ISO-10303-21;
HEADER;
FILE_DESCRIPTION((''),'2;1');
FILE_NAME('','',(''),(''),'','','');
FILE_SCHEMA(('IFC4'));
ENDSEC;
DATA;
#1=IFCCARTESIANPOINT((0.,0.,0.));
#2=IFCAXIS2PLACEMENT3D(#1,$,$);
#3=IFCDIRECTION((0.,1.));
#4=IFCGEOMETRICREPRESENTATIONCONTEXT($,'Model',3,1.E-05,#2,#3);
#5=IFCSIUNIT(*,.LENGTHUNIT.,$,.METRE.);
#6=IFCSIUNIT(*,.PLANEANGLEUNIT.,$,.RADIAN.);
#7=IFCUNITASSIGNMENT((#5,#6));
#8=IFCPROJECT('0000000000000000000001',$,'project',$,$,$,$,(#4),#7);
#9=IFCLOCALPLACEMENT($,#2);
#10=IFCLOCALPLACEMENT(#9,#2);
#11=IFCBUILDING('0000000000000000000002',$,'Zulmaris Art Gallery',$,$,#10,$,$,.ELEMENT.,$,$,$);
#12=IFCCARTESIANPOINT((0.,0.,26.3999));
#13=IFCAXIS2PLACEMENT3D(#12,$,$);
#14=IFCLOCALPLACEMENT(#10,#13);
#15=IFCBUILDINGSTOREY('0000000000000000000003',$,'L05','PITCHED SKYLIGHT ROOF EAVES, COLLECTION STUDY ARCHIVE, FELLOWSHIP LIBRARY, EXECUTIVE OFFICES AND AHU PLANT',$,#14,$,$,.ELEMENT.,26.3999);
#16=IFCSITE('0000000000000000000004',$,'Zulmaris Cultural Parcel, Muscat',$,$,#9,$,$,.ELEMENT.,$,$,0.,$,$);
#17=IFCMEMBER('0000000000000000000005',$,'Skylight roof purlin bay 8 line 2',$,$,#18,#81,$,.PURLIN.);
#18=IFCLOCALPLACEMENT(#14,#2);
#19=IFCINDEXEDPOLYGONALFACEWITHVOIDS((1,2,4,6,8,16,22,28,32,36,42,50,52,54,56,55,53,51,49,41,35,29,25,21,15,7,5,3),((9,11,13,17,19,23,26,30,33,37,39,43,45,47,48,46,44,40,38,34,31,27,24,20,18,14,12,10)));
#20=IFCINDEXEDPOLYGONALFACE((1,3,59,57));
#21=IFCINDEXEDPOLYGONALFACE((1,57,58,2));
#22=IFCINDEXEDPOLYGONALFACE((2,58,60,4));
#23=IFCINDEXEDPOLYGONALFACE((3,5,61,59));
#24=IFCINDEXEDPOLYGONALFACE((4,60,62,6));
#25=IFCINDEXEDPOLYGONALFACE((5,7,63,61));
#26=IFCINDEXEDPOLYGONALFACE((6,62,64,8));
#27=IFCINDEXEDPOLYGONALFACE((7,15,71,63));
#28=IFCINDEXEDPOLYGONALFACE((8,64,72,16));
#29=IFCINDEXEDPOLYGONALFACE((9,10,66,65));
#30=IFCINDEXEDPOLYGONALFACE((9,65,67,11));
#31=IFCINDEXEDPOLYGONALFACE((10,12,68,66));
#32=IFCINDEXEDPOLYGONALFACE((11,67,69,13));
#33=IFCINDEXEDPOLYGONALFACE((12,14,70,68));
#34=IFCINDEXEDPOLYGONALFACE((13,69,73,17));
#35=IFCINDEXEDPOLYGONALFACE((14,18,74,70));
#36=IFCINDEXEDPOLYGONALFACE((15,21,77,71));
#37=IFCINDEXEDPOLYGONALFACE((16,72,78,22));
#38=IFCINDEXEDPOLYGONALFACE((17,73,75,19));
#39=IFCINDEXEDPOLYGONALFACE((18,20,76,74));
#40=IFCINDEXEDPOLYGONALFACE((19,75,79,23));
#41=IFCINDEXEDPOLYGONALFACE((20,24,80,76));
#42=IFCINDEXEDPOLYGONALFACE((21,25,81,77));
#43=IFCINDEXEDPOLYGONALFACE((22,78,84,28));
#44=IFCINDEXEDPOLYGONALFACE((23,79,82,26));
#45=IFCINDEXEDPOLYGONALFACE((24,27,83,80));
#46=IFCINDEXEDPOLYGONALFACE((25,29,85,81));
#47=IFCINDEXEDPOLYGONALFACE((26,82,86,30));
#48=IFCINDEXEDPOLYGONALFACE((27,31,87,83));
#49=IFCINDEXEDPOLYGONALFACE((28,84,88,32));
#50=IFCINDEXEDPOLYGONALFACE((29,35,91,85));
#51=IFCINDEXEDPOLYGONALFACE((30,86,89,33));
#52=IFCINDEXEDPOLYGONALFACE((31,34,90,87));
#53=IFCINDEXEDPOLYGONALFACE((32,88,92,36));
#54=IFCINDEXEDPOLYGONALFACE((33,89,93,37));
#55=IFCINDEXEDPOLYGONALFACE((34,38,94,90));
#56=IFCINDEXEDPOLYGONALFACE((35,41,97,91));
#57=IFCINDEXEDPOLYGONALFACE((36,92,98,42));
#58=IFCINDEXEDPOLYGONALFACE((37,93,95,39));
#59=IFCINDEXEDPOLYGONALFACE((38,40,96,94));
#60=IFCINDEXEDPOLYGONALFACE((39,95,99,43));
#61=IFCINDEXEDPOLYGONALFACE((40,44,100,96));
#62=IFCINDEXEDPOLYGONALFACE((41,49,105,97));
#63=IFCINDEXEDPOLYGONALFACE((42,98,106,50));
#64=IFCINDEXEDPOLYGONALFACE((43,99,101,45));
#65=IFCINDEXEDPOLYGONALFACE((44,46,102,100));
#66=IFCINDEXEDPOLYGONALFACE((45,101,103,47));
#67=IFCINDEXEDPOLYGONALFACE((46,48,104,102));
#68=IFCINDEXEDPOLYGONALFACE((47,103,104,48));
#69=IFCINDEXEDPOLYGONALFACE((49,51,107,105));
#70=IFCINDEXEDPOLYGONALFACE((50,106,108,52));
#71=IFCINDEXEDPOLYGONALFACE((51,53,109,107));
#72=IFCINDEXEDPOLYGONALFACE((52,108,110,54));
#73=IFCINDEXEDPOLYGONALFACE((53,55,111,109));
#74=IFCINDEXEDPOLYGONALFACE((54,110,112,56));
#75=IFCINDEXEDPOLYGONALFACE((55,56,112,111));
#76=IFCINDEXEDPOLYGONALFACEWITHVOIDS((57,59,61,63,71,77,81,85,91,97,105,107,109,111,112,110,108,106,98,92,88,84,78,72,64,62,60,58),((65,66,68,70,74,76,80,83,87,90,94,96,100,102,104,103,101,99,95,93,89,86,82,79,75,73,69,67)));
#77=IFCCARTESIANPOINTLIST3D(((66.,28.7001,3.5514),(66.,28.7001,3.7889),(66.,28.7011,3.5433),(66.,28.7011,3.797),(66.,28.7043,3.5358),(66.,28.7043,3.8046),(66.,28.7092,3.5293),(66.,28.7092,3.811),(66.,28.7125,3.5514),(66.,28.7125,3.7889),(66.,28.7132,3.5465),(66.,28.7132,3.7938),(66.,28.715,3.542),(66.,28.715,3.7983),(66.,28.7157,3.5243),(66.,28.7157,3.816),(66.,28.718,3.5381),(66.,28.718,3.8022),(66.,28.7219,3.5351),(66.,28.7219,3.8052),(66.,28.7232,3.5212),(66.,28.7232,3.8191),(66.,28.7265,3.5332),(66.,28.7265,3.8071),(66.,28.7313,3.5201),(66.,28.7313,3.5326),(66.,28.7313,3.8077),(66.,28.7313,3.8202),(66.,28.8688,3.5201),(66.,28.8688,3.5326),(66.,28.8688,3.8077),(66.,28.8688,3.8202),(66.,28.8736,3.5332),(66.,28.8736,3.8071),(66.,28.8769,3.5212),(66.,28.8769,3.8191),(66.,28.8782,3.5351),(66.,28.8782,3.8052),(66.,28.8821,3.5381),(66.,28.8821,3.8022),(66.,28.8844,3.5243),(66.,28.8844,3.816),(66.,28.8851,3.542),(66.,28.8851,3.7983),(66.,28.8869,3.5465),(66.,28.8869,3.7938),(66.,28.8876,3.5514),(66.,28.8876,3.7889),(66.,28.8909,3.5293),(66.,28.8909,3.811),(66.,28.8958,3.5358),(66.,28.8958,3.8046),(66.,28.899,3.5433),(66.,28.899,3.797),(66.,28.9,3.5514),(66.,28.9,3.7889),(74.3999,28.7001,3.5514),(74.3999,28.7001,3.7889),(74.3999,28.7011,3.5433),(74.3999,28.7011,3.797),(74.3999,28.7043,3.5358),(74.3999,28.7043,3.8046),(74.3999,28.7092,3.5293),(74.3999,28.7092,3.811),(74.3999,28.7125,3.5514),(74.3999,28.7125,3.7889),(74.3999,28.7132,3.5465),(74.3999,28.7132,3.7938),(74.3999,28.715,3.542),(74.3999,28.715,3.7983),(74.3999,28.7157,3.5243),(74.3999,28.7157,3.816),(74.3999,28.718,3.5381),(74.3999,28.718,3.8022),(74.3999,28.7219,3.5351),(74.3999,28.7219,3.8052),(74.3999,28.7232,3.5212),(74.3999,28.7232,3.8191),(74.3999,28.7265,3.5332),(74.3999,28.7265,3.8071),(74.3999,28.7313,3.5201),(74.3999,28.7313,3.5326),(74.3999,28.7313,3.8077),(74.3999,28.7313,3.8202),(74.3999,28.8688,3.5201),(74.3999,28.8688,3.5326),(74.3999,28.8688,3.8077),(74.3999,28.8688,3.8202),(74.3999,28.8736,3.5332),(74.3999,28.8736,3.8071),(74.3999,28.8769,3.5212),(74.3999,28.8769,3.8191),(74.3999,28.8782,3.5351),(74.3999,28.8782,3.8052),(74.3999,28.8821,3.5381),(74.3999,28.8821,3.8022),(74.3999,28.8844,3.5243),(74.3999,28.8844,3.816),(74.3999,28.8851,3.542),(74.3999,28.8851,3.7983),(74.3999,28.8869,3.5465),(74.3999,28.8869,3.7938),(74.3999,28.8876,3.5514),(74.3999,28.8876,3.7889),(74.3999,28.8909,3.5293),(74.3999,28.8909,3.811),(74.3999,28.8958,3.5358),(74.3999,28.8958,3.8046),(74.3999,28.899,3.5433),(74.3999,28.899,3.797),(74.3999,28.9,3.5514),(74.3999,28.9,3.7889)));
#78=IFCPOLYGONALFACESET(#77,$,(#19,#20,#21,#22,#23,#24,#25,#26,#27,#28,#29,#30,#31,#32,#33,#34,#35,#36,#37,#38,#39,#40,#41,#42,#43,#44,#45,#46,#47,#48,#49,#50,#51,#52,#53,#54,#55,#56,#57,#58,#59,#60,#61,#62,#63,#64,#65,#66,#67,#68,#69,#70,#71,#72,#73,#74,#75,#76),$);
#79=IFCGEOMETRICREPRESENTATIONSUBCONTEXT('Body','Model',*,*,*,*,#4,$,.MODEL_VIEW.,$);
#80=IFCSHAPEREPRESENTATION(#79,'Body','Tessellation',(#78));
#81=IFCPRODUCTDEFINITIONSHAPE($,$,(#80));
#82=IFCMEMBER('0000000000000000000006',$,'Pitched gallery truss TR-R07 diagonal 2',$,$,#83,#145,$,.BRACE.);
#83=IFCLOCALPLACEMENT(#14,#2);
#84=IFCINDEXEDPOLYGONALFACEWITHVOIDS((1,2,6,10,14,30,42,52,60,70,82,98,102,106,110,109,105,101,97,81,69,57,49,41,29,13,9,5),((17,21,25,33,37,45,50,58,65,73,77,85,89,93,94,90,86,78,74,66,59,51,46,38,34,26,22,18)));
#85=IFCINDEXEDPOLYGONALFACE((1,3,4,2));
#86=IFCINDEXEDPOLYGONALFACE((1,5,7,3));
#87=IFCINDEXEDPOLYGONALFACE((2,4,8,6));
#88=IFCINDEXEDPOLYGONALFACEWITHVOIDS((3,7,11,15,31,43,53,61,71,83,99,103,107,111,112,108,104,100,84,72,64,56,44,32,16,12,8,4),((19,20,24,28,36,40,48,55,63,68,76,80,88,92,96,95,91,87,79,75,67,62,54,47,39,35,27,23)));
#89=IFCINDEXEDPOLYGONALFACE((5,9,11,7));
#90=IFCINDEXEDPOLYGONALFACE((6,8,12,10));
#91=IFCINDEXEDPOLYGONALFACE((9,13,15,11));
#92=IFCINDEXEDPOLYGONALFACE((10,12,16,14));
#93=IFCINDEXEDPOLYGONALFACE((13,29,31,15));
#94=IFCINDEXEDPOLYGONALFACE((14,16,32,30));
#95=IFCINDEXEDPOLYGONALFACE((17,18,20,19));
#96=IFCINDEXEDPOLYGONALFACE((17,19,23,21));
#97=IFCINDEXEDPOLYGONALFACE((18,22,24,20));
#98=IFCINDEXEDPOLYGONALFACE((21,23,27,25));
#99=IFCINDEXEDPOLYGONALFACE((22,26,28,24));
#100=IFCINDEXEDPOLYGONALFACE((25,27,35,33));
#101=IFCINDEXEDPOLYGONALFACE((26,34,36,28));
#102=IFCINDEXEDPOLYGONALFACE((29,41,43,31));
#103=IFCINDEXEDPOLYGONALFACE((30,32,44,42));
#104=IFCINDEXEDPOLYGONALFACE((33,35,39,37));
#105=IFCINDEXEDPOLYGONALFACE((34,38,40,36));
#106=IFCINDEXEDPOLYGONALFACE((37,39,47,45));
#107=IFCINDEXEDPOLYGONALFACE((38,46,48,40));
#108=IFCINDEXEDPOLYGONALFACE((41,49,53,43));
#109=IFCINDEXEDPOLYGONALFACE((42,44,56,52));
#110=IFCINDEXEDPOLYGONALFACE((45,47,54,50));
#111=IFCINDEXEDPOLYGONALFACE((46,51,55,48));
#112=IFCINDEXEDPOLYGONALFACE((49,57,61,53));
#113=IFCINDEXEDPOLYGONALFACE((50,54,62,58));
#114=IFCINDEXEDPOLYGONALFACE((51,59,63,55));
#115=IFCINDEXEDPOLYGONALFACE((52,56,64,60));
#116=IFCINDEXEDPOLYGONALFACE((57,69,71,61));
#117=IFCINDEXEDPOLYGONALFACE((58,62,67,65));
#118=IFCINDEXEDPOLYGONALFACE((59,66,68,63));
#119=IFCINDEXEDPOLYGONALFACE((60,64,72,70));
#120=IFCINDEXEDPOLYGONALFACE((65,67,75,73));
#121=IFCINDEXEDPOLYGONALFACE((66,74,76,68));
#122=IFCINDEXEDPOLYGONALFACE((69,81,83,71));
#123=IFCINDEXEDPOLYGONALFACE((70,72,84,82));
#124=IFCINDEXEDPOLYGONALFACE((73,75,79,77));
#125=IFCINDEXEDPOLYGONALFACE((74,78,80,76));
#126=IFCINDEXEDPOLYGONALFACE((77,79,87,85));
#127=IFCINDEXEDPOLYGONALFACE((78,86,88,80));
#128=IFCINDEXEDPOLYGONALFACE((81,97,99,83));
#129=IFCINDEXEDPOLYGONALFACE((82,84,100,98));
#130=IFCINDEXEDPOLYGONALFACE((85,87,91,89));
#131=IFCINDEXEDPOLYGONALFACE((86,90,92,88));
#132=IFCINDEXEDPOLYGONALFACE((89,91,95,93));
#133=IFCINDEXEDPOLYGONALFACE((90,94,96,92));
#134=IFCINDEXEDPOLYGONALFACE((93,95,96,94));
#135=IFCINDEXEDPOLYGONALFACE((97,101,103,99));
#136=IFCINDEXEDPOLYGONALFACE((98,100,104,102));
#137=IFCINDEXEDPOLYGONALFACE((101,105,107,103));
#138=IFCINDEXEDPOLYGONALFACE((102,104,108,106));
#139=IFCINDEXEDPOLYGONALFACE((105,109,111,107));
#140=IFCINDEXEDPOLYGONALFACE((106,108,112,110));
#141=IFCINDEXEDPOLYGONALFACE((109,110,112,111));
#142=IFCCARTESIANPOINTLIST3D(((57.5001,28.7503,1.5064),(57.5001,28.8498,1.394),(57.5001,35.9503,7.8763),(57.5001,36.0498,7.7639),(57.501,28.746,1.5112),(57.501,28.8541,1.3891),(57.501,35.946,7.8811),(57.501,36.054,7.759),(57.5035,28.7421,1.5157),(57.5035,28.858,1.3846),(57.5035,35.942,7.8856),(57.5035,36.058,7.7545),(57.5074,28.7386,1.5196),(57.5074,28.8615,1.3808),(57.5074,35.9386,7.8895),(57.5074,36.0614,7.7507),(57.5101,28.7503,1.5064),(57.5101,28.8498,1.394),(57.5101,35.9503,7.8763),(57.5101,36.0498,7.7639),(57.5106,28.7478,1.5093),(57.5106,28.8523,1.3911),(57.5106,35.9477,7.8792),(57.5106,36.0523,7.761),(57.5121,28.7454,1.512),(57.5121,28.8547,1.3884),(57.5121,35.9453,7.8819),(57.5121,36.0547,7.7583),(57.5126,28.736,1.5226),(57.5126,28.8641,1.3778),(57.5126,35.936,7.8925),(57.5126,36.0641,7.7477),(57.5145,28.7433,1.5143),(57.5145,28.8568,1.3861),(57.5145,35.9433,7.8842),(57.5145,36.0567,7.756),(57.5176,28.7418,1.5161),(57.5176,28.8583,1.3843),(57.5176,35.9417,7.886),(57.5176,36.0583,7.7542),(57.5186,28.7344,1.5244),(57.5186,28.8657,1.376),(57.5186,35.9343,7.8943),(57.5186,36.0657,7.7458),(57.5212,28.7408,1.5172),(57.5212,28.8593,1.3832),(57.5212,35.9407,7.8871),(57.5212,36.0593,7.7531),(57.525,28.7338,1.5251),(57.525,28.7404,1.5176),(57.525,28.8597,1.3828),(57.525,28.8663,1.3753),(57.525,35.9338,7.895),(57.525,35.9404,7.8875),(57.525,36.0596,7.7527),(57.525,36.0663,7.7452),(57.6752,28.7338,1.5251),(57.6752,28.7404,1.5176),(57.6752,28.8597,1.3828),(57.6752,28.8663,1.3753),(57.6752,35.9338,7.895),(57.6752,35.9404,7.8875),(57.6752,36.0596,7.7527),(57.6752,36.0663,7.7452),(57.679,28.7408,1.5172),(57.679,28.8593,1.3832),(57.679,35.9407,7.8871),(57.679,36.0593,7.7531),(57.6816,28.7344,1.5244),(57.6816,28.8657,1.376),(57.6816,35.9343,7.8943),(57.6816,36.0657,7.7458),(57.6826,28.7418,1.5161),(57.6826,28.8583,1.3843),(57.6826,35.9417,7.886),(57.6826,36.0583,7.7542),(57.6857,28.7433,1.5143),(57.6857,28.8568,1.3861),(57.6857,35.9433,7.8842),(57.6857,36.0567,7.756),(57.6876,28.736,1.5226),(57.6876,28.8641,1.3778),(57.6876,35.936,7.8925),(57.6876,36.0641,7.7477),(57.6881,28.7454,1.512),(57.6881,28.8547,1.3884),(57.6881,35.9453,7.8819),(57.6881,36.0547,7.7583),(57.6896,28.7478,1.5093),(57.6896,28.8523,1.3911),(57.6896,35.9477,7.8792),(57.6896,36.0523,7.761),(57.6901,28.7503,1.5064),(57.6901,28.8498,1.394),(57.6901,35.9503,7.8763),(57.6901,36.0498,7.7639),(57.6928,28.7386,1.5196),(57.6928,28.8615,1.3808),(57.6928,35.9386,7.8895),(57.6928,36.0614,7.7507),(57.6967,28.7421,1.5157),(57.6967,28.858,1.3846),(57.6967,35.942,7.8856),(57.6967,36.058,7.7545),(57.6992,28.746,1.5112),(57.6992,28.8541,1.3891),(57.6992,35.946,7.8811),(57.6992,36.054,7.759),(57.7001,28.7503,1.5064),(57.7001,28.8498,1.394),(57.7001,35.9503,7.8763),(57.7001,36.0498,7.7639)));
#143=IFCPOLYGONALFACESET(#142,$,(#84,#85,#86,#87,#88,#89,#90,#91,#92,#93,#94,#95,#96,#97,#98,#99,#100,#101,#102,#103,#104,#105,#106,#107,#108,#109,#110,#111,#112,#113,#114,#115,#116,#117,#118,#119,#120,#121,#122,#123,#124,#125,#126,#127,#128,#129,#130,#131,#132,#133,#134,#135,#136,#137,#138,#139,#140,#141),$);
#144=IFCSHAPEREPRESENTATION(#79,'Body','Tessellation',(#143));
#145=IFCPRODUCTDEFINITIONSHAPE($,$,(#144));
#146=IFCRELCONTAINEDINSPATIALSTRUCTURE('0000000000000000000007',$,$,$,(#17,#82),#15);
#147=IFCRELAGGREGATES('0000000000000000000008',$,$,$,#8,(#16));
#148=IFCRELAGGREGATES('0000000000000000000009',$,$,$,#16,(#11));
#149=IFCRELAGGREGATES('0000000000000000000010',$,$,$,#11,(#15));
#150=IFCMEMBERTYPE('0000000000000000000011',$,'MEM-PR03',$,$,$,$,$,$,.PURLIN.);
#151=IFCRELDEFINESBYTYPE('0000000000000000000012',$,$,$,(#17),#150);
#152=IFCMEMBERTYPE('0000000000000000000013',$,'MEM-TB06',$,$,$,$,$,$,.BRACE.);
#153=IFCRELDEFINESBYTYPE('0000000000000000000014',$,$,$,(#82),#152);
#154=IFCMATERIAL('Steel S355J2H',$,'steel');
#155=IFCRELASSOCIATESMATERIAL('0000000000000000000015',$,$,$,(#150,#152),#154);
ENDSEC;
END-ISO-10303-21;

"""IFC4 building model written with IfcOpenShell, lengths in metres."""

from ifc_helpers import new_model, si_unit, direction, frame, origin, origin_2d, place, context, subcontext, project, spatial, hollow_rectangle, extrude, material, material_profile, profile_set, type_object, element, save


model = new_model("IFC4")

# Units and contexts
model_context = context("Model", 3, precision=1e-05, world=origin(), true_north=direction((0.0, 1.0)))
body_context = subcontext(model_context, "Body", "Model", "MODEL_VIEW")
ifc_project = project(units=[si_unit("LENGTHUNIT", "METRE"), si_unit("PLANEANGLEUNIT", "RADIAN")], contexts=[model_context])

# Site, building, storey
site_placement = place(None, origin())
site = spatial("IfcSite", under=ifc_project, at=site_placement, Name="Zulmaris Cultural Parcel, Muscat", CompositionType="ELEMENT", RefElevation=0.0)
building_placement = place(site_placement, origin())
building = spatial("IfcBuilding", under=site, at=building_placement, Name="Zulmaris Art Gallery", CompositionType="ELEMENT")
storey_placement = place(building_placement, frame((0.0, 0.0, 26.3999)))
storey = spatial("IfcBuildingStorey", under=building, at=storey_placement, Name="L05", Description="PITCHED SKYLIGHT ROOF EAVES, COLLECTION STUDY ARCHIVE, FELLOWSHIP LIBRARY, EXECUTIVE OFFICES AND AHU PLANT", CompositionType="ELEMENT", Elevation=26.3999)

# Members
ifc_material_1 = material(Name="Steel S355J2H", Category="steel")
ifc_material_profile_1 = material_profile(ifc_material_1, hollow_rectangle(XDim=0.2, YDim=0.3, WallThickness=0.0125, InnerFilletRadius=0.0188, OuterFilletRadius=0.0312, at=origin_2d()), Name="RHS 300x200x12.5")
ifc_profile_set_1 = profile_set([ifc_material_profile_1], Name="Steel S355J2H")
member_type_1 = type_object("IfcMemberType", Name="MEM-PR03", PredefinedType="PURLIN", material=ifc_profile_set_1)
for number, where, z_axis, x_axis, name in (
    (1, (66.0, 28.8, 3.6702), (1.0, 0.0, 0.0), (0.0, 1.0, 0.0), "Skylight roof purlin bay 8 line 2"),
):
    element("IfcMember", number, at=place(storey_placement, frame(where, z_axis=z_axis, x_axis=x_axis)), inside=storey, type_object=member_type_1, Name=name, PredefinedType="PURLIN", context=body_context, shape_type="SweptSolid", body=[
        extrude(hollow_rectangle(XDim=0.2, YDim=0.3, WallThickness=0.0125, InnerFilletRadius=0.0188, OuterFilletRadius=0.0312, at=origin_2d()), origin(), (0.0, 0.0, 1.0), 8.3999),
    ])
ifc_material_profile_2 = material_profile(ifc_material_1, hollow_rectangle(XDim=0.2, YDim=0.2, WallThickness=0.01, InnerFilletRadius=0.0149, OuterFilletRadius=0.0249, at=origin_2d()), Name="SHS 200x200x10")
ifc_profile_set_2 = profile_set([ifc_material_profile_2], Name="Steel S355J2H")
member_type_2 = type_object("IfcMemberType", Name="MEM-TB06", PredefinedType="BRACE", material=ifc_profile_set_2)
member_1_placement = place(storey_placement, frame((57.6001, 28.8, 1.4502), z_axis=(0.0, 0.748961, 0.662614), x_axis=(-1.0, 0.0, 0.0)))
element("IfcMember", 2, at=member_1_placement, inside=storey, type_object=member_type_2, Name="Pitched gallery truss TR-R07 diagonal 2", PredefinedType="BRACE", context=body_context, shape_type="SweptSolid", body=[
    extrude(hollow_rectangle(XDim=0.2, YDim=0.2, WallThickness=0.01, InnerFilletRadius=0.0149, OuterFilletRadius=0.0249, at=origin_2d()), origin(), (0.0, 0.0, 1.0), 9.6133),
])

save(model, "model.ifc")
